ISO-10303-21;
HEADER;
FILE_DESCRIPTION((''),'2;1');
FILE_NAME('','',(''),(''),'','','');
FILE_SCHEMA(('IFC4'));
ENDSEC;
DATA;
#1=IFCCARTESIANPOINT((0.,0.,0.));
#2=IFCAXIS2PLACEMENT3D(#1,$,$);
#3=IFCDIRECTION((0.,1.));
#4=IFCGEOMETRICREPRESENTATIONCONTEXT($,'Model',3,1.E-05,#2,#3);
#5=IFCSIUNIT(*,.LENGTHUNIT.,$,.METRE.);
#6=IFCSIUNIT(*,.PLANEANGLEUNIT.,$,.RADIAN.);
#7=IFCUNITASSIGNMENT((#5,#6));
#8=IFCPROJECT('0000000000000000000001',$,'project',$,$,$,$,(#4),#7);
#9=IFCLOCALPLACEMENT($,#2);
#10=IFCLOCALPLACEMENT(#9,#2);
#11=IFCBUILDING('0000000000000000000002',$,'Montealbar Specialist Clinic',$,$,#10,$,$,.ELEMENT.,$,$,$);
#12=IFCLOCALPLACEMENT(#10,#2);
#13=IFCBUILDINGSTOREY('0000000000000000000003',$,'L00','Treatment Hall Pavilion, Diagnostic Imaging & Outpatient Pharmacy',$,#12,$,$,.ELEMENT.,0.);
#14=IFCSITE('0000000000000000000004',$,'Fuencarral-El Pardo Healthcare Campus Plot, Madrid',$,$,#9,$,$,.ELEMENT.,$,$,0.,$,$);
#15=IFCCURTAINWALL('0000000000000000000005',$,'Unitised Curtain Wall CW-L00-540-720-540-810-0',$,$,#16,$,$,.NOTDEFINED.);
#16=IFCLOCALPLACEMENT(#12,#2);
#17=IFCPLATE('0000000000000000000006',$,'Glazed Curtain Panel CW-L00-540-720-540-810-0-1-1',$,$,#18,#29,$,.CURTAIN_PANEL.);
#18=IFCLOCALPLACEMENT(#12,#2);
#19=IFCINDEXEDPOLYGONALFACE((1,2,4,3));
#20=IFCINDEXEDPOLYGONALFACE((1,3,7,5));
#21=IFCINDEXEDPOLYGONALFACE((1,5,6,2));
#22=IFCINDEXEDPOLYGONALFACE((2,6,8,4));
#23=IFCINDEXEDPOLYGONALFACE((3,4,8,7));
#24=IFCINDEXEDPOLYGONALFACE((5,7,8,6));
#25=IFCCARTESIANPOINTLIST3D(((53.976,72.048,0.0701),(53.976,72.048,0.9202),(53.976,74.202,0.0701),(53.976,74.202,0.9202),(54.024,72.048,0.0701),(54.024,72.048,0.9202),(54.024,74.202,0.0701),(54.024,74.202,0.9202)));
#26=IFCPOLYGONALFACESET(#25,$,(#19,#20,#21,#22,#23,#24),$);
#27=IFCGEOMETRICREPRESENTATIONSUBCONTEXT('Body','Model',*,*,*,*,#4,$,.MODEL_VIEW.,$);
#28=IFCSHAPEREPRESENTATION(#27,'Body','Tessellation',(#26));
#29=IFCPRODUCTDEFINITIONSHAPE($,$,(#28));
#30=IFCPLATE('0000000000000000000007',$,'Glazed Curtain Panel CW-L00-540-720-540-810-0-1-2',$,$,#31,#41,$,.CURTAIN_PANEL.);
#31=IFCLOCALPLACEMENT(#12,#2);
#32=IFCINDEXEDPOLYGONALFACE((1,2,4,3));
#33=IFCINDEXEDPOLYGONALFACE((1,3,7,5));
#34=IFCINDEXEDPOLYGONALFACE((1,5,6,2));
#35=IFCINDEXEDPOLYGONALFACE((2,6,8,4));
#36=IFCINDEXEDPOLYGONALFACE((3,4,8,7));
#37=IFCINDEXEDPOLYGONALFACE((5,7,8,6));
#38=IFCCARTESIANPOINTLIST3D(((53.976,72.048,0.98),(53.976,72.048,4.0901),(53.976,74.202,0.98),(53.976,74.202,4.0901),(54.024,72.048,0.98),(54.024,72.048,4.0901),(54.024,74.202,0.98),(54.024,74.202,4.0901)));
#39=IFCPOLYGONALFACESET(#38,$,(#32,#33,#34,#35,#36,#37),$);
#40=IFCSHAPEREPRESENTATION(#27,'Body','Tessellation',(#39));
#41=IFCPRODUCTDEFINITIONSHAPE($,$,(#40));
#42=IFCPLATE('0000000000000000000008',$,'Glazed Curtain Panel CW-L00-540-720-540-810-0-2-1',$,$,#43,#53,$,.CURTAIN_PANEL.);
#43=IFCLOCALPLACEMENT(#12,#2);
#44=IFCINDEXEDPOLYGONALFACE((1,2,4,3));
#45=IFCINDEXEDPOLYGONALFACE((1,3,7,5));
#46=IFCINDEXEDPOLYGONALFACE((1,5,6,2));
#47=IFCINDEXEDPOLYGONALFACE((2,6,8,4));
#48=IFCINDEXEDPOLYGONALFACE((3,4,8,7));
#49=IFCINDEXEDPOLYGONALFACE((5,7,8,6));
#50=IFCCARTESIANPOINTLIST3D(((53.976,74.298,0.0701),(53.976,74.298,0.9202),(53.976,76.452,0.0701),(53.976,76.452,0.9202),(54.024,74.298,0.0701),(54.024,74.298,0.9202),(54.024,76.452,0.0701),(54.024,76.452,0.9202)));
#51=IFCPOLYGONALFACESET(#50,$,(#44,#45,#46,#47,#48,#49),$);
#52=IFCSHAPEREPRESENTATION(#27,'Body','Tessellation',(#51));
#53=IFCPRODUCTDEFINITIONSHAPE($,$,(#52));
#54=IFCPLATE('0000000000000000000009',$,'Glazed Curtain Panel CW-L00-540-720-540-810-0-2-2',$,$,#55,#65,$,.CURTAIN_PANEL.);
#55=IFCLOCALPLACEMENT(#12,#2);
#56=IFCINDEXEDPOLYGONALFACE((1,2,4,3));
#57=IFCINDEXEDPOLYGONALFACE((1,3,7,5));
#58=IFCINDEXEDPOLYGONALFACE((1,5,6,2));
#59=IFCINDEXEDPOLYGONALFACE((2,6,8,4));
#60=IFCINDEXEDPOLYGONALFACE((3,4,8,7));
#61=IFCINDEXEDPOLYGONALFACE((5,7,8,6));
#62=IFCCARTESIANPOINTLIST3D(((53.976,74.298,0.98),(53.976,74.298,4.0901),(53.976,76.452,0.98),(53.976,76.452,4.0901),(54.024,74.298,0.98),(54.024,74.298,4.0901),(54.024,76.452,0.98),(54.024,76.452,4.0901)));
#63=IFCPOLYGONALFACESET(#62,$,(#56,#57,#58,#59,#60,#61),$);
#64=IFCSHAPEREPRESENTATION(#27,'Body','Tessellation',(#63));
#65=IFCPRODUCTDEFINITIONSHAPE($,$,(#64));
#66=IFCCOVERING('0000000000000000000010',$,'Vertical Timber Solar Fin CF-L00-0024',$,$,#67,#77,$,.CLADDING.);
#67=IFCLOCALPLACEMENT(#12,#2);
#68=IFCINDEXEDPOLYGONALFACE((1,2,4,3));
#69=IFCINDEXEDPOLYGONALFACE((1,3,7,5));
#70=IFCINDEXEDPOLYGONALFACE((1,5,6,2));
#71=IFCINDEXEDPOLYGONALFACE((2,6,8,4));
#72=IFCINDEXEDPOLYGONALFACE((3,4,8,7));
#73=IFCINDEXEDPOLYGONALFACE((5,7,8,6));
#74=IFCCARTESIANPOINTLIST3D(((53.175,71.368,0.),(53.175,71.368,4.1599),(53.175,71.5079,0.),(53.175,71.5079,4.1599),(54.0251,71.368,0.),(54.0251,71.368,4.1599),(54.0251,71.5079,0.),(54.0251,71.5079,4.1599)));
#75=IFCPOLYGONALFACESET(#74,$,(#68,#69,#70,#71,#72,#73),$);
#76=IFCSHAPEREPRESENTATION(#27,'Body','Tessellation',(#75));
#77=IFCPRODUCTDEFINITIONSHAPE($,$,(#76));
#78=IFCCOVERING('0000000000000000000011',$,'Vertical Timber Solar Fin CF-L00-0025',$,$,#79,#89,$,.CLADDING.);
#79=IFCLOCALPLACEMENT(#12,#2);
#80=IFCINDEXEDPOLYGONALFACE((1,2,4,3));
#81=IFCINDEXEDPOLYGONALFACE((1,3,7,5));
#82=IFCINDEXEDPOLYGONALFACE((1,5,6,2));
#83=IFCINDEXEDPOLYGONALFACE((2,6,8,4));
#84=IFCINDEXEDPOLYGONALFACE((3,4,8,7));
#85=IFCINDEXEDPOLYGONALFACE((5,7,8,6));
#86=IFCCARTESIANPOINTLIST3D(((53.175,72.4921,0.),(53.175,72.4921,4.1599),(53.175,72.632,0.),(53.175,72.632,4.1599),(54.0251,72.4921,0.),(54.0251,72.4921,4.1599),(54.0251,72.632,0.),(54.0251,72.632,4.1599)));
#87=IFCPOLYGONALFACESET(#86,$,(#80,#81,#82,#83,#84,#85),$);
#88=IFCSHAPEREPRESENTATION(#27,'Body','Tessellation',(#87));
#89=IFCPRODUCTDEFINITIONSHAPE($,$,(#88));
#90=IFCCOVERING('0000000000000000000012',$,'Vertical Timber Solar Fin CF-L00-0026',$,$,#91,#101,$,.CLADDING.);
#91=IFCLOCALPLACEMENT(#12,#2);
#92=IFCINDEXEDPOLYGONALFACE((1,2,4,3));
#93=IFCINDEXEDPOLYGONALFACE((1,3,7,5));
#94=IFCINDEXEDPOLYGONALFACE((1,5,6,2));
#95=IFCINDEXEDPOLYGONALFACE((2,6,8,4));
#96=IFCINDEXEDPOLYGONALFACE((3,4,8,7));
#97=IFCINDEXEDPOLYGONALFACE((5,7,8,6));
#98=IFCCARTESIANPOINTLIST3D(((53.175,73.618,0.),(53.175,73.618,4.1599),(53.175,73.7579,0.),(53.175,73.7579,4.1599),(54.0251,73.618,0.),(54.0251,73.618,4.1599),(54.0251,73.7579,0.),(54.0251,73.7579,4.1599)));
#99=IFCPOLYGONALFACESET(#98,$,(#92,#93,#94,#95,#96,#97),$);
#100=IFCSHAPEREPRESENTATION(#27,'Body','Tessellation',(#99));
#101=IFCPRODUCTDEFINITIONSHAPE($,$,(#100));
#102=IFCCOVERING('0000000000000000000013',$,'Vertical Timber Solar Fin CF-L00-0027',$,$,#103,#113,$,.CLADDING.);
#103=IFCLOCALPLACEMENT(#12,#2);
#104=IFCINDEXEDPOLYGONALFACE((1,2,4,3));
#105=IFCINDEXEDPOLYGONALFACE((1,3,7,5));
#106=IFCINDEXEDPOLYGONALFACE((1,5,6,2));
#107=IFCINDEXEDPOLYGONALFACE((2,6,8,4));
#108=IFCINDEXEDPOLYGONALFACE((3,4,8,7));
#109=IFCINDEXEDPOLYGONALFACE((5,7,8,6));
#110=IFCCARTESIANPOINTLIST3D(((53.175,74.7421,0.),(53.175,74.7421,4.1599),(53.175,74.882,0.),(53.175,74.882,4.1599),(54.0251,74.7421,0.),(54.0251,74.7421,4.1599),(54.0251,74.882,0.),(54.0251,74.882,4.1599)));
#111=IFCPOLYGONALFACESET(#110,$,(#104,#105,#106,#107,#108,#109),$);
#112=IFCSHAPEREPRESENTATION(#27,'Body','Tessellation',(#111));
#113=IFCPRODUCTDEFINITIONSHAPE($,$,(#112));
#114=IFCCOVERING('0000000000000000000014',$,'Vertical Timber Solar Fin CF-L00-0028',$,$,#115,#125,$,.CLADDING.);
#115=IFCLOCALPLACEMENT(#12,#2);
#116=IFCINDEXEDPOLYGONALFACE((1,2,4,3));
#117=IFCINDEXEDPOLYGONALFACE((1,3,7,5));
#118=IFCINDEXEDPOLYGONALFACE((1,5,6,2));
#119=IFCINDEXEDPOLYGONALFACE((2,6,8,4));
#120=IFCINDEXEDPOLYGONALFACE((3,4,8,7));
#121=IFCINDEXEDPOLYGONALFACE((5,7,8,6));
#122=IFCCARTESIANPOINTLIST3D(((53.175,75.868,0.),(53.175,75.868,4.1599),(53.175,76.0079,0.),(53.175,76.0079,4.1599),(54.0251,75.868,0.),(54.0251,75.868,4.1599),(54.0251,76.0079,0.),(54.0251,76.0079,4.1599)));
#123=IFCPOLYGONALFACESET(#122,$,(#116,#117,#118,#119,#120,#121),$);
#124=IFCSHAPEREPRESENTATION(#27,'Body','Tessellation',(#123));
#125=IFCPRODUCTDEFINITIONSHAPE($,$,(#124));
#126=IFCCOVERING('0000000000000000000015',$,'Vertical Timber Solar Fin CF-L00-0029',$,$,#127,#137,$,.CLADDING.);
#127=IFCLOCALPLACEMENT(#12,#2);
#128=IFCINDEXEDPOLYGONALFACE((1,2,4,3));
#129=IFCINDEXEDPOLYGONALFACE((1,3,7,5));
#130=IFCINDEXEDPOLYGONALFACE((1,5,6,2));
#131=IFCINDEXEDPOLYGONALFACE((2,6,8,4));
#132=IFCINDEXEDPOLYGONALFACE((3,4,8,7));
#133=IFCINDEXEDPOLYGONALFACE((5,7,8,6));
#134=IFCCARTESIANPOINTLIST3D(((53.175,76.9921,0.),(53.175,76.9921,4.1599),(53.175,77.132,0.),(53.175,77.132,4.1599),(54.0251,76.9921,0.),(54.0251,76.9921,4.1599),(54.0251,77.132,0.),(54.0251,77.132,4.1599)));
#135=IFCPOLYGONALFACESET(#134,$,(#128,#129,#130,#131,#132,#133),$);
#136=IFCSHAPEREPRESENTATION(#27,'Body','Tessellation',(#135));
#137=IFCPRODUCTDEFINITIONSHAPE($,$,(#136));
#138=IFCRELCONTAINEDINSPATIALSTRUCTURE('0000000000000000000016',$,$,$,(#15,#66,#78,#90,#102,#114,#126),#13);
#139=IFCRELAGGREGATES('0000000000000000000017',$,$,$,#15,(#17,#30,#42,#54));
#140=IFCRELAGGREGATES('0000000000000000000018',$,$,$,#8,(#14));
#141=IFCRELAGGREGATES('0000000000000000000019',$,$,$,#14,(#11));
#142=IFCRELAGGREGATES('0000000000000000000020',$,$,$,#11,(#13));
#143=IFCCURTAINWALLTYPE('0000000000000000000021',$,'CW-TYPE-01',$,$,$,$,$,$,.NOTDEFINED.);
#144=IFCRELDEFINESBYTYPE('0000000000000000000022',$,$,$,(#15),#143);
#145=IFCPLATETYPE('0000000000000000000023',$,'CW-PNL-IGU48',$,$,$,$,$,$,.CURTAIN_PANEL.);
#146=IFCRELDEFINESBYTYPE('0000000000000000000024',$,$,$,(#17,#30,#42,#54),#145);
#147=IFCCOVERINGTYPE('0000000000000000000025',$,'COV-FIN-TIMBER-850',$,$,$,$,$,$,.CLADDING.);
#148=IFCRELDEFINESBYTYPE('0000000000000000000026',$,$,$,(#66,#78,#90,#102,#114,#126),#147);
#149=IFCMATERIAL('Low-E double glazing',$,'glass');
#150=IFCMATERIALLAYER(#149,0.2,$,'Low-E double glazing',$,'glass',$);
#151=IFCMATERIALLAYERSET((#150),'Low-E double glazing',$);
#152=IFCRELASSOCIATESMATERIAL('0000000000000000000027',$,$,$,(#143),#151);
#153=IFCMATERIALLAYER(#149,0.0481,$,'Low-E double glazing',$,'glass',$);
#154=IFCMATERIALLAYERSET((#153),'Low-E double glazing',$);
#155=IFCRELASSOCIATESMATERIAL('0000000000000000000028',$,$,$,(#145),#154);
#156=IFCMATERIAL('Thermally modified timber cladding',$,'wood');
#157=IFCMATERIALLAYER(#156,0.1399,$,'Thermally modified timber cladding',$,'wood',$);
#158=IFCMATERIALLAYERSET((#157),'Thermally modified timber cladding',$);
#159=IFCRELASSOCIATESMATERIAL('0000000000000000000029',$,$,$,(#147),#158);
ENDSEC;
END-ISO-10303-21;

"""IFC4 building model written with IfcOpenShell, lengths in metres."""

from ifc_helpers import new_model, si_unit, direction, frame, origin, origin_2d, place, context, subcontext, project, spatial, rectangle, extrude, material, layer, layer_set, type_object, element, aggregate, save


model = new_model("IFC4")

# Units and contexts
model_context = context("Model", 3, precision=1e-05, world=origin(), true_north=direction((0.0, 1.0)))
body_context = subcontext(model_context, "Body", "Model", "MODEL_VIEW")
ifc_project = project(units=[si_unit("LENGTHUNIT", "METRE"), si_unit("PLANEANGLEUNIT", "RADIAN")], contexts=[model_context])

# Site, building, storey
site_placement = place(None, origin())
site = spatial("IfcSite", under=ifc_project, at=site_placement, Name="Fuencarral-El Pardo Healthcare Campus Plot, Madrid", CompositionType="ELEMENT", RefElevation=0.0)
building_placement = place(site_placement, origin())
building = spatial("IfcBuilding", under=site, at=building_placement, Name="Montealbar Specialist Clinic", CompositionType="ELEMENT")
storey_placement = place(building_placement, origin())
storey = spatial("IfcBuildingStorey", under=building, at=storey_placement, Name="L00", Description="Treatment Hall Pavilion, Diagnostic Imaging & Outpatient Pharmacy", CompositionType="ELEMENT", Elevation=0.0)

# Shared definitions
ifc_material_1 = material(Name="Low-E double glazing", Category="glass")
ifc_layer_1 = layer(ifc_material_1, 0.2, Name="Low-E double glazing", Category="glass")
ifc_layer_set_1 = layer_set([ifc_layer_1], Name="Low-E double glazing")
curtain_wall_type = type_object("IfcCurtainWallType", Name="CW-TYPE-01", PredefinedType="NOTDEFINED", material=ifc_layer_set_1)

# Curtain wall
curtain_wall_1_placement = place(storey_placement, origin())
curtain_wall_1 = element("IfcCurtainWall", 1, at=curtain_wall_1_placement, inside=storey, type_object=curtain_wall_type, Name="Unitised Curtain Wall CW-L00-540-720-540-810-0", PredefinedType="NOTDEFINED")

# Plates
ifc_layer_2 = layer(ifc_material_1, 0.0481, Name="Low-E double glazing", Category="glass")
ifc_layer_set_2 = layer_set([ifc_layer_2], Name="Low-E double glazing")
plate_type = type_object("IfcPlateType", Name="CW-PNL-IGU48", PredefinedType="CURTAIN_PANEL", material=ifc_layer_set_2)
plate_1_placement = place(storey_placement, frame((54.0, 73.125, 0.0701), z_axis=(0.0, 0.0, 1.0), x_axis=(0.0, 1.0, 0.0)))
plate_1 = element("IfcPlate", 2, at=plate_1_placement, type_object=plate_type, Name="Glazed Curtain Panel CW-L00-540-720-540-810-0-1-1", PredefinedType="CURTAIN_PANEL", context=body_context, shape_type="SweptSolid", body=[
    extrude(rectangle(XDim=2.1541, YDim=0.0481, at=origin_2d()), origin(), (0.0, 0.0, 1.0), 0.8501),
])
plate_2_placement = place(storey_placement, frame((54.0, 73.125, 0.98), z_axis=(0.0, 0.0, 1.0), x_axis=(0.0, 1.0, 0.0)))
plate_2 = element("IfcPlate", 3, at=plate_2_placement, type_object=plate_type, Name="Glazed Curtain Panel CW-L00-540-720-540-810-0-1-2", PredefinedType="CURTAIN_PANEL", context=body_context, shape_type="SweptSolid", body=[
    extrude(rectangle(XDim=2.1541, YDim=0.0481, at=origin_2d()), origin(), (0.0, 0.0, 1.0), 3.1101),
])
plate_3_placement = place(storey_placement, frame((54.0, 75.375, 0.0701), z_axis=(0.0, 0.0, 1.0), x_axis=(0.0, 1.0, 0.0)))
plate_3 = element("IfcPlate", 4, at=plate_3_placement, type_object=plate_type, Name="Glazed Curtain Panel CW-L00-540-720-540-810-0-2-1", PredefinedType="CURTAIN_PANEL", context=body_context, shape_type="SweptSolid", body=[
    extrude(rectangle(XDim=2.1541, YDim=0.0481, at=origin_2d()), origin(), (0.0, 0.0, 1.0), 0.8501),
])
plate_4_placement = place(storey_placement, frame((54.0, 75.375, 0.98), z_axis=(0.0, 0.0, 1.0), x_axis=(0.0, 1.0, 0.0)))
plate_4 = element("IfcPlate", 5, at=plate_4_placement, type_object=plate_type, Name="Glazed Curtain Panel CW-L00-540-720-540-810-0-2-2", PredefinedType="CURTAIN_PANEL", context=body_context, shape_type="SweptSolid", body=[
    extrude(rectangle(XDim=2.1541, YDim=0.0481, at=origin_2d()), origin(), (0.0, 0.0, 1.0), 3.1101),
])
aggregate(curtain_wall_1, [plate_1, plate_2, plate_3, plate_4])

# Coverings
ifc_material_2 = material(Name="Thermally modified timber cladding", Category="wood")
ifc_layer_3 = layer(ifc_material_2, 0.1399, Name="Thermally modified timber cladding", Category="wood")
ifc_layer_set_3 = layer_set([ifc_layer_3], Name="Thermally modified timber cladding")
covering_type = type_object("IfcCoveringType", Name="COV-FIN-TIMBER-850", PredefinedType="CLADDING", material=ifc_layer_set_3)
for number, where, z_axis, x_axis, name in (
    (6, (53.6001, 71.438, 0.0), (0.0, 0.0, 1.0), (-1.0, 0.0, 0.0), "Vertical Timber Solar Fin CF-L00-0024"),
    (7, (53.6001, 72.562, 0.0), (0.0, 0.0, 1.0), (-1.0, 0.0, 0.0), "Vertical Timber Solar Fin CF-L00-0025"),
    (8, (53.6001, 73.688, 0.0), (0.0, 0.0, 1.0), (-1.0, 0.0, 0.0), "Vertical Timber Solar Fin CF-L00-0026"),
    (9, (53.6001, 74.812, 0.0), (0.0, 0.0, 1.0), (-1.0, 0.0, 0.0), "Vertical Timber Solar Fin CF-L00-0027"),
    (10, (53.6001, 75.938, 0.0), (0.0, 0.0, 1.0), (-1.0, 0.0, 0.0), "Vertical Timber Solar Fin CF-L00-0028"),
    (11, (53.6001, 77.062, 0.0), (0.0, 0.0, 1.0), (-1.0, 0.0, 0.0), "Vertical Timber Solar Fin CF-L00-0029"),
):
    element("IfcCovering", number, at=place(storey_placement, frame(where, z_axis=z_axis, x_axis=x_axis)), inside=storey, type_object=covering_type, Name=name, PredefinedType="CLADDING", context=body_context, shape_type="SweptSolid", body=[
        extrude(rectangle(XDim=0.8501, YDim=0.1399, at=origin_2d()), origin(), (0.0, 0.0, 1.0), 4.1599),
    ])

save(model, "model.ifc")
